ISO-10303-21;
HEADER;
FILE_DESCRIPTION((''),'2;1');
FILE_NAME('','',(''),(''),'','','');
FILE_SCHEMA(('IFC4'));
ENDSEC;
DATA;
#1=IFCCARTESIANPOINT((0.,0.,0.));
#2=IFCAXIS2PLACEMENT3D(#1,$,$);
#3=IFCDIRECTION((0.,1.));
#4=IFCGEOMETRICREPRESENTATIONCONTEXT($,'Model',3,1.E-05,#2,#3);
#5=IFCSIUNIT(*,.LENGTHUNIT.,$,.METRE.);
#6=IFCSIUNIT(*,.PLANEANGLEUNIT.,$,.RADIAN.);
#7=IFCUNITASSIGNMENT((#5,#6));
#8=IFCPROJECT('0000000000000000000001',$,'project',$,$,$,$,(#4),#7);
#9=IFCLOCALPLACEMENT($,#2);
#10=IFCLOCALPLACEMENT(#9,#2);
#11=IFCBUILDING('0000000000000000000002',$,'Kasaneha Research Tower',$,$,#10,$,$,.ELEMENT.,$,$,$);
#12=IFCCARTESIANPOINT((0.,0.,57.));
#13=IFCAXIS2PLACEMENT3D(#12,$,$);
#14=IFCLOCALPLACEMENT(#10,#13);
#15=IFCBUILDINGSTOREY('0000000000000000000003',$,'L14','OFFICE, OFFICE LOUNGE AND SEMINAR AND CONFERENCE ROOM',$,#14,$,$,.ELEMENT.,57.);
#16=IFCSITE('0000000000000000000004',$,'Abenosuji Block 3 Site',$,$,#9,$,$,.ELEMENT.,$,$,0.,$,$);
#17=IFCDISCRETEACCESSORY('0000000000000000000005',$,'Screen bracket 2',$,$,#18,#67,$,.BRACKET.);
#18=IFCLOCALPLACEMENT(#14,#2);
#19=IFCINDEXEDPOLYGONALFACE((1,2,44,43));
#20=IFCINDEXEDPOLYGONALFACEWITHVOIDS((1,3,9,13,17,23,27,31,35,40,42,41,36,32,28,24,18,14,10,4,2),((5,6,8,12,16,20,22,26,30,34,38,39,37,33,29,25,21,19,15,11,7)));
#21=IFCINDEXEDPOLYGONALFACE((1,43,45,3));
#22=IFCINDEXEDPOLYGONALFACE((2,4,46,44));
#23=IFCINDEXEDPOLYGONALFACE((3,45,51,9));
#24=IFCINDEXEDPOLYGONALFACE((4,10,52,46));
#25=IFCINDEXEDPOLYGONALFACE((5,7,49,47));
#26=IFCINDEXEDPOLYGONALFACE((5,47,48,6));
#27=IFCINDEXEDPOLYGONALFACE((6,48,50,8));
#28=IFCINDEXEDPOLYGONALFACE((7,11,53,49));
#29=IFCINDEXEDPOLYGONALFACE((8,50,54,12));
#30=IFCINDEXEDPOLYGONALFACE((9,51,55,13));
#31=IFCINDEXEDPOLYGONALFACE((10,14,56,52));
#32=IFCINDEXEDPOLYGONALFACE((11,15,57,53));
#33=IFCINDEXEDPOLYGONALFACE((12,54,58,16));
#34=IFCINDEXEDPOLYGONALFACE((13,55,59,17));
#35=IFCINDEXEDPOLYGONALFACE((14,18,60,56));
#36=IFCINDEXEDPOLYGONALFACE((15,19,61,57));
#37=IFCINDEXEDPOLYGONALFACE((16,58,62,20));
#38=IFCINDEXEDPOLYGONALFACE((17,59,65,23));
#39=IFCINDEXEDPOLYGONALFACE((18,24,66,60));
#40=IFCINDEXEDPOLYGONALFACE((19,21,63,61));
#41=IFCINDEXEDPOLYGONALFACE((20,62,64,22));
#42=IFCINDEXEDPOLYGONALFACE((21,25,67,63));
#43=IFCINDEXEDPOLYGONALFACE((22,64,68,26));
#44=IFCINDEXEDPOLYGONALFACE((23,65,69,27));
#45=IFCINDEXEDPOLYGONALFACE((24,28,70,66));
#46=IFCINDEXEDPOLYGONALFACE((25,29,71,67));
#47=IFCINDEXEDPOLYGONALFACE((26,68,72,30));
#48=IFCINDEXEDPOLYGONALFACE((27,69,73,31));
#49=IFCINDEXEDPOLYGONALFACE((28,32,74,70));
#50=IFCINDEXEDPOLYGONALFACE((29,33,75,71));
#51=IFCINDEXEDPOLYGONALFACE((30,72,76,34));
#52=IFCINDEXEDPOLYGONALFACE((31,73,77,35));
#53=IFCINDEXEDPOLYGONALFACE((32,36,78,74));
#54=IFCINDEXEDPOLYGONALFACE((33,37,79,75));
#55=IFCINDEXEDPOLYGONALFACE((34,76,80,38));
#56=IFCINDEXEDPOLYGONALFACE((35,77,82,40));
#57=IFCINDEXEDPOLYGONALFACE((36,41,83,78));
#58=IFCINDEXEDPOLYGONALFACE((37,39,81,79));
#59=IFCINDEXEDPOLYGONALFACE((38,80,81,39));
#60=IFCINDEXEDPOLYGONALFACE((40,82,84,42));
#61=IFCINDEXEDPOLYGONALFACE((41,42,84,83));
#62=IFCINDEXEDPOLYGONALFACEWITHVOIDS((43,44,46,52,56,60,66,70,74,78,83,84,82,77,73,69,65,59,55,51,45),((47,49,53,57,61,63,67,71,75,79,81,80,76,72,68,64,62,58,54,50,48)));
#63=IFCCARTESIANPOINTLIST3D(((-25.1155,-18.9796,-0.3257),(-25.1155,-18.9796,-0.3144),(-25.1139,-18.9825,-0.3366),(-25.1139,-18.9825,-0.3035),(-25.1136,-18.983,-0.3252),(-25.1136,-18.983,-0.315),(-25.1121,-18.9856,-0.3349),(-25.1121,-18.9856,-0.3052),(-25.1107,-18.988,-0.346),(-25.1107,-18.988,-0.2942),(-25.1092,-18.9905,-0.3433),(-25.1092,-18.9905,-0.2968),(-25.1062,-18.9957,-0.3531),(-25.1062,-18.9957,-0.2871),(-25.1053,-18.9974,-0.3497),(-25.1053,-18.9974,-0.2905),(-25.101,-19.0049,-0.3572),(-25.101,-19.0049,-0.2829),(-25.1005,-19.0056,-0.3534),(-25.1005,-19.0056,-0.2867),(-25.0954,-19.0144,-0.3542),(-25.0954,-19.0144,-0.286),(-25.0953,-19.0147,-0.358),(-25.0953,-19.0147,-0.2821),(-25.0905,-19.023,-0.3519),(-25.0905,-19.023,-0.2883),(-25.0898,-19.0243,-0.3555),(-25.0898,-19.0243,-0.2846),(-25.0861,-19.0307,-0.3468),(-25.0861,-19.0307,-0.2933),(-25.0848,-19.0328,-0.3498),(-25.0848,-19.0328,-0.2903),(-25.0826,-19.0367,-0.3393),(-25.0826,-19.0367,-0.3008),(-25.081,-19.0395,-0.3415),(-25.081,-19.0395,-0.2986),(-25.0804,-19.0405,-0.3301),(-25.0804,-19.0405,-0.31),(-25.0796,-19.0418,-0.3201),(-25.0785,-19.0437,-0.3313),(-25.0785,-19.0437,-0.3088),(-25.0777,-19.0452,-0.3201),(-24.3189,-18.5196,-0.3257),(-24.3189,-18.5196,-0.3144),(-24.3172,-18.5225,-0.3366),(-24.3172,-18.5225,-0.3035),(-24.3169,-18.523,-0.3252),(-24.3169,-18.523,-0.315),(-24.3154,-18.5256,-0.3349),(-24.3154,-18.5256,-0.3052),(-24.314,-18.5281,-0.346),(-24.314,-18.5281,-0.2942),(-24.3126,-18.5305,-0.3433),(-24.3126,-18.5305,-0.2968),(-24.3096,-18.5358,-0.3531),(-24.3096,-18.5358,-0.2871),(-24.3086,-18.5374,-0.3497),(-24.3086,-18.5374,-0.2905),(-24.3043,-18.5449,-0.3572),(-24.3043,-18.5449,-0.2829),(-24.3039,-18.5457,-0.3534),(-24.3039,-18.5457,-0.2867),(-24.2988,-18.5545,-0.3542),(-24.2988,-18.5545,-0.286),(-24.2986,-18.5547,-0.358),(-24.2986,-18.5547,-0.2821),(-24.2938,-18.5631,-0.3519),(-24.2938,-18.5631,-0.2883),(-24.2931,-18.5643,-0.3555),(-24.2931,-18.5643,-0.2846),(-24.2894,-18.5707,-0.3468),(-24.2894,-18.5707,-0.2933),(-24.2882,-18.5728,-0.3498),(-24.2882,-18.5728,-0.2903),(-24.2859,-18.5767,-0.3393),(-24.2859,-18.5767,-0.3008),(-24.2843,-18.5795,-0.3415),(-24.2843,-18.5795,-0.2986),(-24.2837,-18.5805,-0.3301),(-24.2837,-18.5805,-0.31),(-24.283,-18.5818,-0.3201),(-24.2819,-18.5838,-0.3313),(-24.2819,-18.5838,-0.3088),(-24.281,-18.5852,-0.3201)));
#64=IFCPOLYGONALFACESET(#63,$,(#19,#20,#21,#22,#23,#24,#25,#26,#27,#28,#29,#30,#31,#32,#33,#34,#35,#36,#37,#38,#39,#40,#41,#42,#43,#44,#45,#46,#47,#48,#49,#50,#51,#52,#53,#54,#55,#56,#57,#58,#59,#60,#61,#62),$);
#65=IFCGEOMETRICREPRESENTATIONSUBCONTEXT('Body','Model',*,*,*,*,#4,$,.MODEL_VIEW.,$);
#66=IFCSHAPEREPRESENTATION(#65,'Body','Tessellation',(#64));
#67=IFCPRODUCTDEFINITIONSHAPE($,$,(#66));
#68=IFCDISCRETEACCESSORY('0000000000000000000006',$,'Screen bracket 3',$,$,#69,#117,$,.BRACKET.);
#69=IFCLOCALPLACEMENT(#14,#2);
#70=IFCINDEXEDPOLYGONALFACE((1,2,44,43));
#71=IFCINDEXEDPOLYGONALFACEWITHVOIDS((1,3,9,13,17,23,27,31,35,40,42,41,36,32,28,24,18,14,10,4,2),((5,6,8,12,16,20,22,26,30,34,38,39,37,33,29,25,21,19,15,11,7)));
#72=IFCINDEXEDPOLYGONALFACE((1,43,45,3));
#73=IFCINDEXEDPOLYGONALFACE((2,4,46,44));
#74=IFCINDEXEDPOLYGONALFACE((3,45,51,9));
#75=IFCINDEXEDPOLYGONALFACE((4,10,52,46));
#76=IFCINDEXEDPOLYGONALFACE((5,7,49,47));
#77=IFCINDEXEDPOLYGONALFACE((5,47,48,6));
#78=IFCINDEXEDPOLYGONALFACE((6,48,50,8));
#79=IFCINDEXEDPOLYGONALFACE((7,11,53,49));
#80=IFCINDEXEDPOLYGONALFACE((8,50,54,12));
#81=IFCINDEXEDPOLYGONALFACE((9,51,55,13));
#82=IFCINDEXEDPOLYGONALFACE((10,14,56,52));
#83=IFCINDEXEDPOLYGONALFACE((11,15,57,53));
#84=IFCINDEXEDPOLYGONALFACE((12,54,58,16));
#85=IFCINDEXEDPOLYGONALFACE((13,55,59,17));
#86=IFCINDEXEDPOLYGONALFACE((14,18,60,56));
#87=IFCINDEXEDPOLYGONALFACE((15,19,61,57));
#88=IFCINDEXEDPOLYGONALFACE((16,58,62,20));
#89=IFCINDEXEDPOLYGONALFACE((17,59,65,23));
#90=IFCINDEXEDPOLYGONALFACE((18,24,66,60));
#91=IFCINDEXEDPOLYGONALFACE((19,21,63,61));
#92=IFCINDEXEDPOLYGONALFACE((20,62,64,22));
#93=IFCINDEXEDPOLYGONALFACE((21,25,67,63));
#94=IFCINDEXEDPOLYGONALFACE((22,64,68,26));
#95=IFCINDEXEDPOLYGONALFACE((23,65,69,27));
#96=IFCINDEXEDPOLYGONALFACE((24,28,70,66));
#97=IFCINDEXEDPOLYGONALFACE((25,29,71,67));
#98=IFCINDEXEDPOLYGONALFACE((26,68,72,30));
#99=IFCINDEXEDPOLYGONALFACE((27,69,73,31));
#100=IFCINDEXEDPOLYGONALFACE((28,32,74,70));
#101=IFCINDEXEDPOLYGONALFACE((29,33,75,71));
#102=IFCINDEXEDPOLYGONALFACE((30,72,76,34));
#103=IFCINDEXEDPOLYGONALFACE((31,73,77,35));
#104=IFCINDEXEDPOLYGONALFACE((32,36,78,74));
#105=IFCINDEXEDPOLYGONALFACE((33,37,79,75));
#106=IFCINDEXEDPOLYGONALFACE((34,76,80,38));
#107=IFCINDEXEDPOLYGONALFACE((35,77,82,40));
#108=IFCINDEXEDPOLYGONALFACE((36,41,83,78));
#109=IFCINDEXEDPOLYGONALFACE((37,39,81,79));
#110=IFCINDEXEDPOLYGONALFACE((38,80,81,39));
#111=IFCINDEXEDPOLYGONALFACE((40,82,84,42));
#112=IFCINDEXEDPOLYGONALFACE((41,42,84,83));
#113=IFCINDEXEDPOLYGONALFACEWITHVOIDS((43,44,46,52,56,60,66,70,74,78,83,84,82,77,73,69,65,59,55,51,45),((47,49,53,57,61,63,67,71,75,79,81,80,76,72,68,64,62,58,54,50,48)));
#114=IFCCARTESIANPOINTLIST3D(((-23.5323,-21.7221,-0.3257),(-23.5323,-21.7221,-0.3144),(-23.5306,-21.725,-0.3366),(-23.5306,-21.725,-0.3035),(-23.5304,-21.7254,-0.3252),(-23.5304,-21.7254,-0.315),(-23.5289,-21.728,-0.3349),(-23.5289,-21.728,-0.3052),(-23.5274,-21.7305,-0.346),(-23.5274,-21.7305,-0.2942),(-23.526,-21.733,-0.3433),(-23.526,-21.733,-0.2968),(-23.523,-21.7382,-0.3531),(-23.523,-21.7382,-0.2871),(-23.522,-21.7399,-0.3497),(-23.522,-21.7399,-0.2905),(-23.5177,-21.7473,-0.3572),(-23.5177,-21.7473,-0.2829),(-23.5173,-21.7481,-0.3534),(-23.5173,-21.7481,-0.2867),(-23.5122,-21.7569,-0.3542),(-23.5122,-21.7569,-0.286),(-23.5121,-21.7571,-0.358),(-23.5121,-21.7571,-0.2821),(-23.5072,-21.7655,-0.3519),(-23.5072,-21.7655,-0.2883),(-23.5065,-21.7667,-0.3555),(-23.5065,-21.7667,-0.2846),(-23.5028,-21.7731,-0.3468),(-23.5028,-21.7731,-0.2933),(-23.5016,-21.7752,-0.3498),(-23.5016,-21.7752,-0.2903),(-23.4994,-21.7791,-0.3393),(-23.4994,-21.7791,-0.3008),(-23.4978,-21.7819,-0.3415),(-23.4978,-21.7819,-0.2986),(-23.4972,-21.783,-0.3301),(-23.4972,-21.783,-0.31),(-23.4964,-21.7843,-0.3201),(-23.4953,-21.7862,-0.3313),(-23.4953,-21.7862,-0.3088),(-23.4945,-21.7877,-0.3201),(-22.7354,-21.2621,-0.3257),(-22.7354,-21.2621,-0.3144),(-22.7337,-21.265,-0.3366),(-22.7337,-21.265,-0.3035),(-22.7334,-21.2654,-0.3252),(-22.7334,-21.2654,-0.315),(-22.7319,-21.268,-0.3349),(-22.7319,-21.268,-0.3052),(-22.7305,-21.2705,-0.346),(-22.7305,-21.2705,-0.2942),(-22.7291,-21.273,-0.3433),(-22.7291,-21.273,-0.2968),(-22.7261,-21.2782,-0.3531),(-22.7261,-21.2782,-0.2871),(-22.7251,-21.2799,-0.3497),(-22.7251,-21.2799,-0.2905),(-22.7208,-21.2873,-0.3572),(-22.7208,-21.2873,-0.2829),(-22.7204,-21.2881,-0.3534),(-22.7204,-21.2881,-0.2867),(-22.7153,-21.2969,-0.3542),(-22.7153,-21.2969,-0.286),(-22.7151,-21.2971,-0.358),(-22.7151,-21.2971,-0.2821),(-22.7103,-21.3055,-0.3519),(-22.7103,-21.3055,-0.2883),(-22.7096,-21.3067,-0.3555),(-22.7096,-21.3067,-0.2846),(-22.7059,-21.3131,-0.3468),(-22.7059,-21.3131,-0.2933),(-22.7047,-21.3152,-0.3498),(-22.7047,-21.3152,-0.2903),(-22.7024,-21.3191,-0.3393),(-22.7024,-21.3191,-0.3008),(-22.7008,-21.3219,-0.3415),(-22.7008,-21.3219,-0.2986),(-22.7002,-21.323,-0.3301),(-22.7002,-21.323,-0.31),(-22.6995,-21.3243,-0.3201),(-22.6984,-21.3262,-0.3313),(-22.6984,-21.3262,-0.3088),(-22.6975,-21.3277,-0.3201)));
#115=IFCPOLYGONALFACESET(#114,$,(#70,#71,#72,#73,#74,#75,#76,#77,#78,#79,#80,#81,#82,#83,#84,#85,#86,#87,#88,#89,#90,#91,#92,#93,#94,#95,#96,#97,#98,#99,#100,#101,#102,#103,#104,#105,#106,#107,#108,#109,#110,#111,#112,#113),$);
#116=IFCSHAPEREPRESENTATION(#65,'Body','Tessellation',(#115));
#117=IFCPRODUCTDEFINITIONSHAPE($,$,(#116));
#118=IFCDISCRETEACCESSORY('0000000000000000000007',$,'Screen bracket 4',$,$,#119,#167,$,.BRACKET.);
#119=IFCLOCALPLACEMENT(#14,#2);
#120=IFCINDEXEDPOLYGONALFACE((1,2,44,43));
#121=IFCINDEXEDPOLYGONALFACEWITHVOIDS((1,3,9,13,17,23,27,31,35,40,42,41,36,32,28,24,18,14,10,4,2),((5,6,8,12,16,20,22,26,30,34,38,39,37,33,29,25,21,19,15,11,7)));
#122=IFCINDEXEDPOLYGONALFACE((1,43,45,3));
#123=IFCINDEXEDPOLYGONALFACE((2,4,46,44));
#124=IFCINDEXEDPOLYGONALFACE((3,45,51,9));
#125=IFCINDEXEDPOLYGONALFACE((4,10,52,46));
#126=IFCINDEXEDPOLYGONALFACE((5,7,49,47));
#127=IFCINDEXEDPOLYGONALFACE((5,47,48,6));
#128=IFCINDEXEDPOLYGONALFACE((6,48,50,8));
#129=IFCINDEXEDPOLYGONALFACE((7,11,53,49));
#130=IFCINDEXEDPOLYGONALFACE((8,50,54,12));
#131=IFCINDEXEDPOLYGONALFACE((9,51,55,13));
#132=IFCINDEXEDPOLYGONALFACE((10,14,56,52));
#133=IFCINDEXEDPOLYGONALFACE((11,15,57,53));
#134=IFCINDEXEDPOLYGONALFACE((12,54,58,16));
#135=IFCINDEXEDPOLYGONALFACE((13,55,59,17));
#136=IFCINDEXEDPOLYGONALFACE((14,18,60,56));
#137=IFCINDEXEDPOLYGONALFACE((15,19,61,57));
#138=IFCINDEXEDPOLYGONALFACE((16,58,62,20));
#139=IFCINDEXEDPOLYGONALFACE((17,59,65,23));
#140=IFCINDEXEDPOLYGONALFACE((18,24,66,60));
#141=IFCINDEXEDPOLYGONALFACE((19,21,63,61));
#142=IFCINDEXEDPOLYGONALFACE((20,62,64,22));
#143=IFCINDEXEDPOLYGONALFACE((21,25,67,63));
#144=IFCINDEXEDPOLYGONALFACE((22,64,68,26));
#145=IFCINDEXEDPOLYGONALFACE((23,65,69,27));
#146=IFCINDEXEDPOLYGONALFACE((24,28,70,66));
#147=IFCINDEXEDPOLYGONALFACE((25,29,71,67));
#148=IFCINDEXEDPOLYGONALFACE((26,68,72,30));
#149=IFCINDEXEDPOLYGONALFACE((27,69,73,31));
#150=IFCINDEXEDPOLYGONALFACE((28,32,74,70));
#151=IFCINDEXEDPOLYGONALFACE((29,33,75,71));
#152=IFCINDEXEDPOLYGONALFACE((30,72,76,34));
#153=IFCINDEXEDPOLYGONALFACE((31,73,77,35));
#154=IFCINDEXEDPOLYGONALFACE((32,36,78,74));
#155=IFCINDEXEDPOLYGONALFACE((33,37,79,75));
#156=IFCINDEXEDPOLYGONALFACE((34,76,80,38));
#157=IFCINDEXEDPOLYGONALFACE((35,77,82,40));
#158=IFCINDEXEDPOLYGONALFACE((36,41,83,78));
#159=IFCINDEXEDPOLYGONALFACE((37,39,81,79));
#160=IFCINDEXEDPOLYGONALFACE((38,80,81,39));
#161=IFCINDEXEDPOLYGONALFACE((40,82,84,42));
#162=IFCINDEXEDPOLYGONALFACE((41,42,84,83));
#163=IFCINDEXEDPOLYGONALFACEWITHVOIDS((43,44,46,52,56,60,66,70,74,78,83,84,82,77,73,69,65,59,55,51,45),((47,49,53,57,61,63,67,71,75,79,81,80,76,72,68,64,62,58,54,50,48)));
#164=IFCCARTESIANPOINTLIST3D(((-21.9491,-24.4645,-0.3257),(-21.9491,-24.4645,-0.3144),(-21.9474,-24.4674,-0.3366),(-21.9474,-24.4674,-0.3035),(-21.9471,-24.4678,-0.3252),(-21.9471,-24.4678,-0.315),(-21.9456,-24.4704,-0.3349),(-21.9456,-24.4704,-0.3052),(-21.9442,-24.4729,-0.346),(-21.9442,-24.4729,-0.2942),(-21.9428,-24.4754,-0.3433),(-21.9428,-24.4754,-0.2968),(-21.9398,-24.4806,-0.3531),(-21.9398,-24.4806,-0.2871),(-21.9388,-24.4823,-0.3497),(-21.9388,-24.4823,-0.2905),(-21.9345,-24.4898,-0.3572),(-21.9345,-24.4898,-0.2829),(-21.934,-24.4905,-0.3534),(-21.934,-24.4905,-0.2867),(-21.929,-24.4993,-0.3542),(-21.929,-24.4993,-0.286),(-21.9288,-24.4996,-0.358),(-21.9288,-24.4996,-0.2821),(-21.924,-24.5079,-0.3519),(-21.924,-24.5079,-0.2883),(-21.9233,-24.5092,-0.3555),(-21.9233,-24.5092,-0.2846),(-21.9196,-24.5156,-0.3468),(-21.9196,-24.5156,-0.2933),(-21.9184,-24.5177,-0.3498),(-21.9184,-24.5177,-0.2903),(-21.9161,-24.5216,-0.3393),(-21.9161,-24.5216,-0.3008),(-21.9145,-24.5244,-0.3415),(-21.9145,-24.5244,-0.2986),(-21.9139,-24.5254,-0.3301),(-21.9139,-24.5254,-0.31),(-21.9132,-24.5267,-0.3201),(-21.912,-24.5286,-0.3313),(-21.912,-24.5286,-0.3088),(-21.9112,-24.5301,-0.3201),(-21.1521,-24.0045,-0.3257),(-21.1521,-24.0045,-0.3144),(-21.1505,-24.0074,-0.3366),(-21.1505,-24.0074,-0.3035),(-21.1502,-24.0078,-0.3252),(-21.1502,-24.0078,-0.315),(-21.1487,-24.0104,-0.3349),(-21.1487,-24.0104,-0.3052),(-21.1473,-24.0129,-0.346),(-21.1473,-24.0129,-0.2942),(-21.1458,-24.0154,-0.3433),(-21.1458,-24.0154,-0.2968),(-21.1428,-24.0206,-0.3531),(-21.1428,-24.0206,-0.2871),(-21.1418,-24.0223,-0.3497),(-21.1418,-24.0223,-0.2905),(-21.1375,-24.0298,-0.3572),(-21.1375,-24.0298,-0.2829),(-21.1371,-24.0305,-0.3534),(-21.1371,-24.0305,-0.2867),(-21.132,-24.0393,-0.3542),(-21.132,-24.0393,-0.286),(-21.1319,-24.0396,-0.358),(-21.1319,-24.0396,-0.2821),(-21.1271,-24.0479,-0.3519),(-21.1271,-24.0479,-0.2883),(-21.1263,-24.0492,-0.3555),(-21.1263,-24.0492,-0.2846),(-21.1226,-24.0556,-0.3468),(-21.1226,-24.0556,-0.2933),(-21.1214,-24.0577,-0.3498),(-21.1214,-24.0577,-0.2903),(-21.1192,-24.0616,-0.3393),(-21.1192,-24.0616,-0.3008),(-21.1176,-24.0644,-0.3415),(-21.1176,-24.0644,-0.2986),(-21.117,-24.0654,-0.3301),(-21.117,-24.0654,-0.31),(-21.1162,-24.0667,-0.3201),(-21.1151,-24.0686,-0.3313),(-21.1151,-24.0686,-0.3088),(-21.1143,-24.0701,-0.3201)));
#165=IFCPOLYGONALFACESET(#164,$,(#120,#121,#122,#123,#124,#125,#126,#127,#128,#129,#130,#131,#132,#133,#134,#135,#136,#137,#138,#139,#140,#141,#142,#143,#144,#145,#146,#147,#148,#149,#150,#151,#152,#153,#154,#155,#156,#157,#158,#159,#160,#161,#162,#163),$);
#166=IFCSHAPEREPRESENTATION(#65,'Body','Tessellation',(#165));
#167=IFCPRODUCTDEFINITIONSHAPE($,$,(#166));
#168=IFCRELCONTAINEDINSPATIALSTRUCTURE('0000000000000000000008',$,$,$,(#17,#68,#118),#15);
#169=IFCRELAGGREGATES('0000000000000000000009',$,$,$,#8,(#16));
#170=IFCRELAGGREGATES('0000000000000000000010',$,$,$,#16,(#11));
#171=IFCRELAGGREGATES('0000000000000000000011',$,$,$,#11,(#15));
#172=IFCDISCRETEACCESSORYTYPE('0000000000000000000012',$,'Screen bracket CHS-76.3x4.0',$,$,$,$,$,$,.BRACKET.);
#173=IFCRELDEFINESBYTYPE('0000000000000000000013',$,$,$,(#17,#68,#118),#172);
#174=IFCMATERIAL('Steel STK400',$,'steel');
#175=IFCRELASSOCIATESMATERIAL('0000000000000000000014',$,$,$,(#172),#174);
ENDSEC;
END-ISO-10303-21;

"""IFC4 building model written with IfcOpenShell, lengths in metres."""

from ifc_helpers import new_model, si_unit, direction, frame, origin, origin_2d, place, context, subcontext, project, spatial, hollow_circle, extrude, material, material_profile, profile_set, type_object, element, save


model = new_model("IFC4")

# Units and contexts
model_context = context("Model", 3, precision=1e-05, world=origin(), true_north=direction((0.0, 1.0)))
body_context = subcontext(model_context, "Body", "Model", "MODEL_VIEW")
ifc_project = project(units=[si_unit("LENGTHUNIT", "METRE"), si_unit("PLANEANGLEUNIT", "RADIAN")], contexts=[model_context])

# Site, building, storey
site_placement = place(None, origin())
site = spatial("IfcSite", under=ifc_project, at=site_placement, Name="Abenosuji Block 3 Site", CompositionType="ELEMENT", RefElevation=0.0)
building_placement = place(site_placement, origin())
building = spatial("IfcBuilding", under=site, at=building_placement, Name="Kasaneha Research Tower", CompositionType="ELEMENT")
storey_placement = place(building_placement, frame((0.0, 0.0, 57.0)))
storey = spatial("IfcBuildingStorey", under=building, at=storey_placement, Name="L14", Description="OFFICE, OFFICE LOUNGE AND SEMINAR AND CONFERENCE ROOM", CompositionType="ELEMENT", Elevation=57.0)

# Discrete accessories
ifc_material_1 = material(Name="Steel STK400", Category="steel")
ifc_material_profile_1 = material_profile(ifc_material_1, hollow_circle(Radius=0.0381, WallThickness=0.0039, at=origin_2d()), Name="CHS-76.3x4.0")
ifc_profile_set_1 = profile_set([ifc_material_profile_1], Name="Steel STK400")
discrete_accessory_type = type_object("IfcDiscreteAccessoryType", Name="Screen bracket CHS-76.3x4.0", PredefinedType="BRACKET", material=ifc_profile_set_1)
discrete_accessory_placement = place(storey_placement, frame((-24.3, -18.5522, -0.3201), z_axis=(-0.866013, -0.500021, 0.0), x_axis=(0.500021, -0.866013, 0.0)))
element("IfcDiscreteAccessory", 1, at=discrete_accessory_placement, inside=storey, type_object=discrete_accessory_type, Name="Screen bracket 2", PredefinedType="BRACKET", context=body_context, shape_type="SweptSolid", body=[
    extrude(hollow_circle(Radius=0.0381, WallThickness=0.0039, at=origin_2d()), origin(), (0.0, 0.0, 1.0), 0.9199),
])
for number, where, z_axis, x_axis, name in (
    (2, (-22.7166, -21.2947, -0.3201), (-0.86608, -0.499906, 0.0), (0.499906, -0.86608, 0.0), "Screen bracket 3"),
    (3, (-21.1333, -24.0371, -0.3201), (-0.86608, -0.499906, 0.0), (0.499906, -0.86608, 0.0), "Screen bracket 4"),
):
    element("IfcDiscreteAccessory", number, at=place(storey_placement, frame(where, z_axis=z_axis, x_axis=x_axis)), inside=storey, type_object=discrete_accessory_type, Name=name, PredefinedType="BRACKET", context=body_context, shape_type="SweptSolid", body=[
        extrude(hollow_circle(Radius=0.0381, WallThickness=0.0039, at=origin_2d()), origin(), (0.0, 0.0, 1.0), 0.9202),
    ])

save(model, "model.ifc")
